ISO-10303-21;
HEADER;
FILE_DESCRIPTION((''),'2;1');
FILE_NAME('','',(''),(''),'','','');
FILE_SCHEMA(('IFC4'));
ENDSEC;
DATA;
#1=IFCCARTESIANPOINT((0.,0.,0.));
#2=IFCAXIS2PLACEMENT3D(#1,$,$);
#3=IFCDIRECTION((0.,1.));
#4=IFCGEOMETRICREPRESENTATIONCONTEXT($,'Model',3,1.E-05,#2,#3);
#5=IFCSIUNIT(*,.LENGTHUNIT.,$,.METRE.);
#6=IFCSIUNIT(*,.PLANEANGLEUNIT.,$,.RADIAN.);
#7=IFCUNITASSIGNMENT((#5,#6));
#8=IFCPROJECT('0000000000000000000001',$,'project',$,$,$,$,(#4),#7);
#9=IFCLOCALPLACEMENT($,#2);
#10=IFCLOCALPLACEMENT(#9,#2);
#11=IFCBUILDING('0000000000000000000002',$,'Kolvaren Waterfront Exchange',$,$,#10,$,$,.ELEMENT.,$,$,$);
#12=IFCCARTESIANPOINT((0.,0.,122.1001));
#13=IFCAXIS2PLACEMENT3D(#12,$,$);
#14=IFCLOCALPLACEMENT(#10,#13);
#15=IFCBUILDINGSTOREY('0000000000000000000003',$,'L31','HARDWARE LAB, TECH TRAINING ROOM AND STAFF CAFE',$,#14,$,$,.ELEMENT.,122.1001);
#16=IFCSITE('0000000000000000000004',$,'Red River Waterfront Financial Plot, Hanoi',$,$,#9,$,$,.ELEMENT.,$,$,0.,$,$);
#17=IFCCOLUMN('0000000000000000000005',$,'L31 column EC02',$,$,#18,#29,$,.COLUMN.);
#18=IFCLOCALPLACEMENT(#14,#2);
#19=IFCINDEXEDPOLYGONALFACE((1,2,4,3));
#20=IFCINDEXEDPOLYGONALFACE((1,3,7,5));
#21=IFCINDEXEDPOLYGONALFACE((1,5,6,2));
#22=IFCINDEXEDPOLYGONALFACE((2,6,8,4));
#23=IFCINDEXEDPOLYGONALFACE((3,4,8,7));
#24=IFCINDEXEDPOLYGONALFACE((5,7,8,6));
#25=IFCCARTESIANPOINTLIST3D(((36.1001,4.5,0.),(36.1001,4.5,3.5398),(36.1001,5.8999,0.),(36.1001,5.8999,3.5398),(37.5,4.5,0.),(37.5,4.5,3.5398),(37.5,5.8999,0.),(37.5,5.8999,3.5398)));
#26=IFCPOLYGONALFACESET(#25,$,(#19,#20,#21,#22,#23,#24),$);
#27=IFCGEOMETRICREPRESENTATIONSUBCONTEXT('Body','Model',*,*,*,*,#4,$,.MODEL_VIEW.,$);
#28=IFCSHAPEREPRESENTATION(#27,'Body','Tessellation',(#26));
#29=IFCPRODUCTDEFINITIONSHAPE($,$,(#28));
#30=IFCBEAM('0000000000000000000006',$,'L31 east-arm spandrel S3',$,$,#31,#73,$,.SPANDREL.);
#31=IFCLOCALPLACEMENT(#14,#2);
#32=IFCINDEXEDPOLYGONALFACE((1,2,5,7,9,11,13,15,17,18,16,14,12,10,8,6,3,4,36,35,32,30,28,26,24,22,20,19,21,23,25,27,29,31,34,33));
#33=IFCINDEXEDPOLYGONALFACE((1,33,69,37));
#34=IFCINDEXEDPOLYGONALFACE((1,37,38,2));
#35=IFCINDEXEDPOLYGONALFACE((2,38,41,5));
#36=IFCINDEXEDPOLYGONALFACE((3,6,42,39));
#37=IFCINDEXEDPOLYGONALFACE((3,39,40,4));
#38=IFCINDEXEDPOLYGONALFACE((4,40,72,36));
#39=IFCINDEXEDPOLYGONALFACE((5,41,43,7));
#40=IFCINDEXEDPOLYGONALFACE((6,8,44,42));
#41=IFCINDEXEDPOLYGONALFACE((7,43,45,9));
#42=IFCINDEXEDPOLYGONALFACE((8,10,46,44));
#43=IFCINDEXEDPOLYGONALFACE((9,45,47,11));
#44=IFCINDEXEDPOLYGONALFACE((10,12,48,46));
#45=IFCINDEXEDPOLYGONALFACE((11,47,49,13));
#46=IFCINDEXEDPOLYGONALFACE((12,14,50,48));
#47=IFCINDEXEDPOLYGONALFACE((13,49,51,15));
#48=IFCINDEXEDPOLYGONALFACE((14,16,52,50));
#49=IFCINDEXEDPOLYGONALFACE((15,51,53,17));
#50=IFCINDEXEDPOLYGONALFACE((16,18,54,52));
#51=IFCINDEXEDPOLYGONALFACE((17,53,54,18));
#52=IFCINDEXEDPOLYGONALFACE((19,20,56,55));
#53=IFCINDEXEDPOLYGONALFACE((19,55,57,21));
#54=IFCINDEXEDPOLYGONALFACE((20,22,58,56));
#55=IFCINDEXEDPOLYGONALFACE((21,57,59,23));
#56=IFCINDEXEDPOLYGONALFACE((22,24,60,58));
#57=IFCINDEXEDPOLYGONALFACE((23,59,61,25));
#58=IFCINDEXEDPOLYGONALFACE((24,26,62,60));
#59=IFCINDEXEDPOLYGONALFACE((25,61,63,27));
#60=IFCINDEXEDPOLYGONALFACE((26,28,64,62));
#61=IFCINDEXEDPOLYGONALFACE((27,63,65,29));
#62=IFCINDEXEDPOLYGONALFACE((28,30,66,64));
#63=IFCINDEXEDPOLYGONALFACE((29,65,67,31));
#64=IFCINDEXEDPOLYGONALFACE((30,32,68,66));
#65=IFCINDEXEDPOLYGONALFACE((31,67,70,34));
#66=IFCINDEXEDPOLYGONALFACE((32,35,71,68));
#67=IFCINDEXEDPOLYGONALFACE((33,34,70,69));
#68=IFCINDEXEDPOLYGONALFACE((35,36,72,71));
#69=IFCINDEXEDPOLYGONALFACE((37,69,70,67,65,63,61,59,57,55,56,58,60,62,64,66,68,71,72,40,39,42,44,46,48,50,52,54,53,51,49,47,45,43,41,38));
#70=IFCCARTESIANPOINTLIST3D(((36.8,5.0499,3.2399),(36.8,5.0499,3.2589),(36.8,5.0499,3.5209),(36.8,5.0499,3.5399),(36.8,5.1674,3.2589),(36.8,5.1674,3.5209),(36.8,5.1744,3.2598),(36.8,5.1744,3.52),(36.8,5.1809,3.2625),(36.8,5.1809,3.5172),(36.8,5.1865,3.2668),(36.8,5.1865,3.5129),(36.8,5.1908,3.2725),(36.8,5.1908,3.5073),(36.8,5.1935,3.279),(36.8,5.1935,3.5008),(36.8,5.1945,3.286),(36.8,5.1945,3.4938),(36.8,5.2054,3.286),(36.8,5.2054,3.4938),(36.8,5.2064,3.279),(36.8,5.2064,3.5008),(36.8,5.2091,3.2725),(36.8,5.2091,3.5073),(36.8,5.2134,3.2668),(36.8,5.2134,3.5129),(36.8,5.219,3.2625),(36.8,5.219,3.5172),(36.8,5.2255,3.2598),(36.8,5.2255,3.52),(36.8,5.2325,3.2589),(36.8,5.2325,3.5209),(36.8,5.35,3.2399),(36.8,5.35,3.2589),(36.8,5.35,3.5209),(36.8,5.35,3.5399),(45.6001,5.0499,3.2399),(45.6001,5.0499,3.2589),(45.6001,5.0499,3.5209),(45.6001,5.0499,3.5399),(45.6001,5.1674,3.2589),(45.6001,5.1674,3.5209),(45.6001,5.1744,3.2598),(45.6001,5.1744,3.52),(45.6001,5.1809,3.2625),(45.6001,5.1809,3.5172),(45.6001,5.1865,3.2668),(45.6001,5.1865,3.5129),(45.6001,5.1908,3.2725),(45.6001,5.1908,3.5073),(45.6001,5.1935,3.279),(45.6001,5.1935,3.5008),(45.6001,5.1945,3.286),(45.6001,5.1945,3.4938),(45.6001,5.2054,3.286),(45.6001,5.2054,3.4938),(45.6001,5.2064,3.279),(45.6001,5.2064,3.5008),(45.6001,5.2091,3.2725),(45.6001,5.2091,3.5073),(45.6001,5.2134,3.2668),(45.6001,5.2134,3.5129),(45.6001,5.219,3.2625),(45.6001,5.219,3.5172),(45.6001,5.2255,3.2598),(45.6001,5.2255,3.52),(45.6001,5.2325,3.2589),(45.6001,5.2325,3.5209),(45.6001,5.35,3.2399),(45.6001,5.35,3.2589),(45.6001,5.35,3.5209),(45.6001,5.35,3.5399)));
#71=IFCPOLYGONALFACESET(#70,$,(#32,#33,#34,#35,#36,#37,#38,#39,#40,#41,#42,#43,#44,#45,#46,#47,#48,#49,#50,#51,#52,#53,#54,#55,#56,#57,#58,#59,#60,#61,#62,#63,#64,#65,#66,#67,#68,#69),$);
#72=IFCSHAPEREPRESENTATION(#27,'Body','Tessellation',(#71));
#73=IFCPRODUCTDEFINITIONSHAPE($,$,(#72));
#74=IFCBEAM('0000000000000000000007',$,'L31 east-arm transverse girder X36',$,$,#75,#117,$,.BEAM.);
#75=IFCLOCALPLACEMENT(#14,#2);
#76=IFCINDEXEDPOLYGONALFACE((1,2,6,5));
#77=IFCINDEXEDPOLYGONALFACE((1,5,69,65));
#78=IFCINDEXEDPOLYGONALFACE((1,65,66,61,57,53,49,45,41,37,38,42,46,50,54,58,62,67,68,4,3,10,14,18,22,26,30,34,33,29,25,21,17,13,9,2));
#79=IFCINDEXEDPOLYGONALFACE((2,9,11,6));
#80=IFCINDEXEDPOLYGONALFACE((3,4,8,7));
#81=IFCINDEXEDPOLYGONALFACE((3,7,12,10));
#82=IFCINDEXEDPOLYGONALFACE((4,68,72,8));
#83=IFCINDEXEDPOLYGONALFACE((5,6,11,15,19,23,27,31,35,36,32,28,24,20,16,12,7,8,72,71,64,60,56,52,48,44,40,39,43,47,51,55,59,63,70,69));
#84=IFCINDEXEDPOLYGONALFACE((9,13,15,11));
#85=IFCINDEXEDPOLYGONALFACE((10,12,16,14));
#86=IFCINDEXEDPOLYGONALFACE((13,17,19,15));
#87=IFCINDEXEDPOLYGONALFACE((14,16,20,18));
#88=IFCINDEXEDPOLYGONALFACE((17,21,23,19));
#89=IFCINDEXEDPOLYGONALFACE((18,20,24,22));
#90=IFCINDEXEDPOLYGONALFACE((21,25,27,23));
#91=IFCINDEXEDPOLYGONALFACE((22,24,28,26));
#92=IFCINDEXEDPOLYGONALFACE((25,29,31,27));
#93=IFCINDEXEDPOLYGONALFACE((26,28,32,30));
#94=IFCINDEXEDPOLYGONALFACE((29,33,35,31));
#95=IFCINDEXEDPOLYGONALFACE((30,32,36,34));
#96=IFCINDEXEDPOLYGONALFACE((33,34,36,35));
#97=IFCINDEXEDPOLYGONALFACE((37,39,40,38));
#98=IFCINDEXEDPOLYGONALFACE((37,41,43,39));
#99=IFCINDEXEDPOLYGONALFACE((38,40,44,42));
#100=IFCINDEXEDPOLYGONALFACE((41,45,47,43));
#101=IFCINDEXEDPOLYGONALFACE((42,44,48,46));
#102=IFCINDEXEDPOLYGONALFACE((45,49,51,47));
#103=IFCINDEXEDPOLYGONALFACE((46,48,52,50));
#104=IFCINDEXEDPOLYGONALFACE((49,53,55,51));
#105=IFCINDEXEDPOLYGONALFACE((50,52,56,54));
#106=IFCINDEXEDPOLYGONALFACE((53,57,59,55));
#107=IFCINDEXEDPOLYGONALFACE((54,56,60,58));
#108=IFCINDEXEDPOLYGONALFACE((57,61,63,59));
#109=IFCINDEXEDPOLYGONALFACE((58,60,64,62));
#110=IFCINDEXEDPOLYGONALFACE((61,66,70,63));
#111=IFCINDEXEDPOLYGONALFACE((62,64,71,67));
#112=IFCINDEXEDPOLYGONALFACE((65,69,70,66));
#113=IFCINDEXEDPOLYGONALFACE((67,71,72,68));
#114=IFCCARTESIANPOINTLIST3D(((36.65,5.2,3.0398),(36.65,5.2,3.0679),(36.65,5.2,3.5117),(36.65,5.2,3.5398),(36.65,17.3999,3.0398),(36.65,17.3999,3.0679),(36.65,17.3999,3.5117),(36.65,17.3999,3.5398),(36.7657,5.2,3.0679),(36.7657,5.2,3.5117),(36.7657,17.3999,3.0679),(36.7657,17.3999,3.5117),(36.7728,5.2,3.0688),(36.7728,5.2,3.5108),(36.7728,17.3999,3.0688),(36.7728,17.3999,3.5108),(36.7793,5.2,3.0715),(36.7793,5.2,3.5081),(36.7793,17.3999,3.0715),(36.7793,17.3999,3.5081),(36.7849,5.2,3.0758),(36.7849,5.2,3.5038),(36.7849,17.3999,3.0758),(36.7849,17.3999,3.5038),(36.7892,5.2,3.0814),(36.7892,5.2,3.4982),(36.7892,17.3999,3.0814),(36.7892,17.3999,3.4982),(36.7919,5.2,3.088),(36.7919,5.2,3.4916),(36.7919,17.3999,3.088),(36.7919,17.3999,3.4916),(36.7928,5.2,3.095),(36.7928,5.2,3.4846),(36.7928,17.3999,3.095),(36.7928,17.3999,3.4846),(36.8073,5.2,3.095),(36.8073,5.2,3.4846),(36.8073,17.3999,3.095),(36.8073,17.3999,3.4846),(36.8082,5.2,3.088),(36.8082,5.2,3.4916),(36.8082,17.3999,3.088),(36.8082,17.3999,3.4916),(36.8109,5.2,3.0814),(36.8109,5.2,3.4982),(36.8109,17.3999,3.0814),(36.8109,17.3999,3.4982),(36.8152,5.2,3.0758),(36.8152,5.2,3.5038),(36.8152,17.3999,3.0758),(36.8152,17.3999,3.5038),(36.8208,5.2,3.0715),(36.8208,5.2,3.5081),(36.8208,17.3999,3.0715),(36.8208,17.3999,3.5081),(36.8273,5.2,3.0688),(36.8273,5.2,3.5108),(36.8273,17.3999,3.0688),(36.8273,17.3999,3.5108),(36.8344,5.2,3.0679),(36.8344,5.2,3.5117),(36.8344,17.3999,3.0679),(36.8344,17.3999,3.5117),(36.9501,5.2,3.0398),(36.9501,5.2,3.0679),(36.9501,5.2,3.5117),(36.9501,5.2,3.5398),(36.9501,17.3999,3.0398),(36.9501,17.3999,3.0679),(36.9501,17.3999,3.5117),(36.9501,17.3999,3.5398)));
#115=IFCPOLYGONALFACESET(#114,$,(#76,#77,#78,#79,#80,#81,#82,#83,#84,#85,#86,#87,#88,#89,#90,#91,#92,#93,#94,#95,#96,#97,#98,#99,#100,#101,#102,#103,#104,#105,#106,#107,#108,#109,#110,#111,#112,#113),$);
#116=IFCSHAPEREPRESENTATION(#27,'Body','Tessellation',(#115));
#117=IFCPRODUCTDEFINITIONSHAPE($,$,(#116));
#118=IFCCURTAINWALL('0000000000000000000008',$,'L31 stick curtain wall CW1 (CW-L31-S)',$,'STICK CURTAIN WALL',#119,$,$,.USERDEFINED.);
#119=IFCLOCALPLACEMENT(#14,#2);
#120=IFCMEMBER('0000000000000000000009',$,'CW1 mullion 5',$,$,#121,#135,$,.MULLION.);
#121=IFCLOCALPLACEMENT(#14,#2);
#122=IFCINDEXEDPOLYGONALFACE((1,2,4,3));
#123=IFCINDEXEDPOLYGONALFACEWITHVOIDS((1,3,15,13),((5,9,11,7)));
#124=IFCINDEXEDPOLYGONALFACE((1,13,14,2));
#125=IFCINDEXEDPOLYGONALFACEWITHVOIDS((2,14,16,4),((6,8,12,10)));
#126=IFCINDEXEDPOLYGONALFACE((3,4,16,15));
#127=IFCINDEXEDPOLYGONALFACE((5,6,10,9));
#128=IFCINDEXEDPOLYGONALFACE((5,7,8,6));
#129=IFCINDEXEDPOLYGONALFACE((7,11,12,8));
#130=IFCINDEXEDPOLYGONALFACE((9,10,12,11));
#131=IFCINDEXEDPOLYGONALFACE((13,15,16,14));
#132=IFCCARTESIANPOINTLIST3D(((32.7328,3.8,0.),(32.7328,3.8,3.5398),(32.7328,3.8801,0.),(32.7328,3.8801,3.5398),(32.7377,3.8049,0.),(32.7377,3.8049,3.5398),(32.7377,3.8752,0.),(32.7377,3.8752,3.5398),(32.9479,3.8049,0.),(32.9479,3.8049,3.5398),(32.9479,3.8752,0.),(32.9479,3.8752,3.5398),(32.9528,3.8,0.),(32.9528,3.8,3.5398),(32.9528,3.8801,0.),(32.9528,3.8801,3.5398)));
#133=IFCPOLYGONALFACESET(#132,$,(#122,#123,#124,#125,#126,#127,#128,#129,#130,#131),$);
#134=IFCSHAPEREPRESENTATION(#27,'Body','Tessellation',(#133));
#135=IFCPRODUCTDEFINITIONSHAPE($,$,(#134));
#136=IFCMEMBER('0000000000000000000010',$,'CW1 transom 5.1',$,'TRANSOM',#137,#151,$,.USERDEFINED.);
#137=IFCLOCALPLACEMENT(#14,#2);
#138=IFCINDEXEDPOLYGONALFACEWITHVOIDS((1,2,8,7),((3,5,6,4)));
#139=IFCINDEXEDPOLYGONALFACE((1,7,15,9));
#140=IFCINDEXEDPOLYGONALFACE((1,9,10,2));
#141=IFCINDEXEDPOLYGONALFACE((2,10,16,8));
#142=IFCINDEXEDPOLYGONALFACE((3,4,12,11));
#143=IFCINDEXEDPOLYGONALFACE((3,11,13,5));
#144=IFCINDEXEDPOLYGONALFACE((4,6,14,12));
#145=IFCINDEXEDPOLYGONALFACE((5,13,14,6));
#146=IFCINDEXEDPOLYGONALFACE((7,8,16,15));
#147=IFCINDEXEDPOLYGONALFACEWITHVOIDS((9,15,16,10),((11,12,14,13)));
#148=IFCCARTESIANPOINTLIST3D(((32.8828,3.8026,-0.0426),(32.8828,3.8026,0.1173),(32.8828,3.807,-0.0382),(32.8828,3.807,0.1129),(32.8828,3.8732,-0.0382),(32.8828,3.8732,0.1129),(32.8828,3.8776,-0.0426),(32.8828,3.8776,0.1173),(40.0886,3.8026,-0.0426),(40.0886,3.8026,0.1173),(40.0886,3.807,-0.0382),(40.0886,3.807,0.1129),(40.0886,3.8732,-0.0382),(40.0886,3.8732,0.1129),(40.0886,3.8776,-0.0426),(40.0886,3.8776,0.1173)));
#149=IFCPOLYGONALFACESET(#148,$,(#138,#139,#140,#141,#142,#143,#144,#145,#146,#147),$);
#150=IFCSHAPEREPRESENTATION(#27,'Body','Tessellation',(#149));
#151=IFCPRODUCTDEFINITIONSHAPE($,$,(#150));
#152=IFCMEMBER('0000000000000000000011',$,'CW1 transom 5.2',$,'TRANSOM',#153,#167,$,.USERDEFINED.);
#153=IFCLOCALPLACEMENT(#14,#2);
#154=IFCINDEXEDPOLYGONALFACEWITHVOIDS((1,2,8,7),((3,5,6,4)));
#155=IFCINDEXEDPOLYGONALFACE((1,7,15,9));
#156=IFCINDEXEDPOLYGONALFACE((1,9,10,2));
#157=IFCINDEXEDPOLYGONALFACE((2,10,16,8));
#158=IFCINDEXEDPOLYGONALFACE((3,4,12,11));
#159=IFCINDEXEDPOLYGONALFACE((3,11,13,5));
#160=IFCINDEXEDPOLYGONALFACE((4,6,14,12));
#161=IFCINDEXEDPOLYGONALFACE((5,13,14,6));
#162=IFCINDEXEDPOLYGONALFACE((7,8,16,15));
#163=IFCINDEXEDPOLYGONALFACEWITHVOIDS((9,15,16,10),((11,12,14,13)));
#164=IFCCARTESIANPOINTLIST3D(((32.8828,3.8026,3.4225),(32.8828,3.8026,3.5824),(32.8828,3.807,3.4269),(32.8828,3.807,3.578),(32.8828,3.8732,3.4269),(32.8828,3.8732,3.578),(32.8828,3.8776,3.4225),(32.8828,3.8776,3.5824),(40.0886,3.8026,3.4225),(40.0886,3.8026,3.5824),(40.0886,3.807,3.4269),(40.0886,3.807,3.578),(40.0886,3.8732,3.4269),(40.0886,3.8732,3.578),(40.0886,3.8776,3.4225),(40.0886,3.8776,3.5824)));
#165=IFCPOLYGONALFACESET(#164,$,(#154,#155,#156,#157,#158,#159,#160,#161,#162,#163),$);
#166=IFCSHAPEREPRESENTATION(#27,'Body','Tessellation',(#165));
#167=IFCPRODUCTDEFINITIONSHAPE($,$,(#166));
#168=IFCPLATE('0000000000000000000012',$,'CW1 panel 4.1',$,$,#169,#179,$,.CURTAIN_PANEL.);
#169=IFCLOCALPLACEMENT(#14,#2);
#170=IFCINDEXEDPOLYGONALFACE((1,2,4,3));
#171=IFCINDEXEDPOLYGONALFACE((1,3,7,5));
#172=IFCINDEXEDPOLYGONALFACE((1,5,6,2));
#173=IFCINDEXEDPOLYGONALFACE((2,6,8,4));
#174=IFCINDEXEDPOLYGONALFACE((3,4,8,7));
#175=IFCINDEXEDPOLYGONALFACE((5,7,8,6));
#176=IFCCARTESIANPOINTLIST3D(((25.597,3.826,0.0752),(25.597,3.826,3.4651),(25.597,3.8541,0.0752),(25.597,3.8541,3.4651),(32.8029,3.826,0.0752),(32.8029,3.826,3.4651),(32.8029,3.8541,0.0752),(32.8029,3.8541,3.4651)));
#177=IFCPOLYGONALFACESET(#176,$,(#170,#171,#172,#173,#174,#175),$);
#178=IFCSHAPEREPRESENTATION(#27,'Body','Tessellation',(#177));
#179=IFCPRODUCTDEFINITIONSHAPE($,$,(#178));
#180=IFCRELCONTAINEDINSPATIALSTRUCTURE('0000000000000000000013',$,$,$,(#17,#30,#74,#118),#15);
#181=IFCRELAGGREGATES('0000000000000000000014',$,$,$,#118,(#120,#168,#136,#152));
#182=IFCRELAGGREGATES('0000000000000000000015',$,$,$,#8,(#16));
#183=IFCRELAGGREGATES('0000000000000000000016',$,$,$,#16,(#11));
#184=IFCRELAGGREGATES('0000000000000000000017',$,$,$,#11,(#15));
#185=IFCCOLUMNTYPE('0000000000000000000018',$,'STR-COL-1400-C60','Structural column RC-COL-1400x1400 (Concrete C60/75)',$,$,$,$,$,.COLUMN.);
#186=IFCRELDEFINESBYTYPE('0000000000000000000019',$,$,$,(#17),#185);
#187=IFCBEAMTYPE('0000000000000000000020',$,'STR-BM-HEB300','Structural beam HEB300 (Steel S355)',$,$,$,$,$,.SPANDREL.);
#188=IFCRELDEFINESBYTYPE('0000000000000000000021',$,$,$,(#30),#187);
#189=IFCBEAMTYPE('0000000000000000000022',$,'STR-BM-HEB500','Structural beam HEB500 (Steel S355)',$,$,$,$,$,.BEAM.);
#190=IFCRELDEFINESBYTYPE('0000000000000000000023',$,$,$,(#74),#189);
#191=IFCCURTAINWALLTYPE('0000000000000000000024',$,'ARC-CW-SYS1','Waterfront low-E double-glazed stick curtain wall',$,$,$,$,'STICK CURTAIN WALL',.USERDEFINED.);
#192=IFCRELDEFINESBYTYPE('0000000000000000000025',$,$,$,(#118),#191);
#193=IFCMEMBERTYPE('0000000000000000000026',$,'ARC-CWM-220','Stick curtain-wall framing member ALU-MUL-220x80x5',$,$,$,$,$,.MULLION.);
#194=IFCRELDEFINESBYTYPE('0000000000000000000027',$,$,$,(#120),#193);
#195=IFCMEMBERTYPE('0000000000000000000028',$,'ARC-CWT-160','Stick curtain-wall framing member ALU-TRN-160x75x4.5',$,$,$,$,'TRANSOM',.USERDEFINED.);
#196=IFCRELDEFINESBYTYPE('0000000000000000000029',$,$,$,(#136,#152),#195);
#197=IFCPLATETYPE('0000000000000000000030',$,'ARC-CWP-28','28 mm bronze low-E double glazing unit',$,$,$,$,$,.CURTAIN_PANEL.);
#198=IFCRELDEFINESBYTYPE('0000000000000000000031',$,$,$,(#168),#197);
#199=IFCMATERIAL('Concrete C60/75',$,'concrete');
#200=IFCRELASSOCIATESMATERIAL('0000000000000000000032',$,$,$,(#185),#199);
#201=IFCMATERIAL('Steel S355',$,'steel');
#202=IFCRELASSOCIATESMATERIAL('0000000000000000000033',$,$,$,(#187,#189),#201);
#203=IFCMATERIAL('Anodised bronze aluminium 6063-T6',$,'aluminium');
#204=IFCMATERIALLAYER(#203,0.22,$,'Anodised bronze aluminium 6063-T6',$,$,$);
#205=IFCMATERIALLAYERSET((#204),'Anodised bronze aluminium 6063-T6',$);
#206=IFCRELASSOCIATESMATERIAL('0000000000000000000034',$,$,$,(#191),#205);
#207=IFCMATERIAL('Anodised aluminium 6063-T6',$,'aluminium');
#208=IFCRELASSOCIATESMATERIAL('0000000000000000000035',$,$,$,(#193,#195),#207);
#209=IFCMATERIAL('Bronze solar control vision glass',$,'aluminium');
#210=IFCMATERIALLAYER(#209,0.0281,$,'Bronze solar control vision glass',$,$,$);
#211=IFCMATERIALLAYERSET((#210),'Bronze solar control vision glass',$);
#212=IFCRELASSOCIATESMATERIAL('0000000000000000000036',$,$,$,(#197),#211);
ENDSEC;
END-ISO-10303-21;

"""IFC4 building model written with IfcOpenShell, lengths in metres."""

from ifc_helpers import new_model, si_unit, direction, frame, origin, origin_with_axes, origin_2d, place, context, subcontext, project, spatial, rectangle, hollow_rectangle, i_section, extrude, source, transform, mapped, material, layer, layer_set, material_profile, profile_set, type_object, element, aggregate, save


model = new_model("IFC4")

# Units and contexts
model_context = context("Model", 3, precision=1e-05, world=origin(), true_north=direction((0.0, 1.0)))
body_context = subcontext(model_context, "Body", "Model", "MODEL_VIEW")
ifc_project = project(units=[si_unit("LENGTHUNIT", "METRE"), si_unit("PLANEANGLEUNIT", "RADIAN")], contexts=[model_context])

# Site, building, storey
site_placement = place(None, origin())
site = spatial("IfcSite", under=ifc_project, at=site_placement, Name="Red River Waterfront Financial Plot, Hanoi", CompositionType="ELEMENT", RefElevation=0.0)
building_placement = place(site_placement, origin())
building = spatial("IfcBuilding", under=site, at=building_placement, Name="Kolvaren Waterfront Exchange", CompositionType="ELEMENT")
storey_placement = place(building_placement, frame((0.0, 0.0, 122.1001)))
storey = spatial("IfcBuildingStorey", under=building, at=storey_placement, Name="L31", Description="HARDWARE LAB, TECH TRAINING ROOM AND STAFF CAFE", CompositionType="ELEMENT", Elevation=122.1001)

# Column
ifc_material_1 = material(Name="Concrete C60/75", Category="concrete")
ifc_material_profile_1 = material_profile(ifc_material_1, rectangle(XDim=1.3999, YDim=1.3999, at=origin_2d()), Name="RC-COL-1400x1400")
ifc_profile_set_1 = profile_set([ifc_material_profile_1], Name="Concrete C60/75")
column_type = type_object("IfcColumnType", Name="STR-COL-1400-C60", Description="Structural column RC-COL-1400x1400 (Concrete C60/75)", PredefinedType="COLUMN", material=ifc_profile_set_1)
column_placement = place(storey_placement, frame((36.8, 5.2, 0.0), z_axis=(0.0, 0.0, 1.0), x_axis=(1.0, 0.0, 0.0)))
element("IfcColumn", 1, at=column_placement, inside=storey, type_object=column_type, Name="L31 column EC02", PredefinedType="COLUMN", context=body_context, shape_type="SweptSolid", body=[
    extrude(rectangle(XDim=1.3999, YDim=1.3999, at=origin_2d()), origin(), (0.0, 0.0, 1.0), 3.5398),
])

# Beams
ifc_material_2 = material(Name="Steel S355", Category="steel")
ifc_material_profile_2 = material_profile(ifc_material_2, i_section(OverallWidth=0.3, OverallDepth=0.3, WebThickness=0.011, FlangeThickness=0.019, FilletRadius=0.0271, at=origin_2d()), Name="HEB300")
ifc_profile_set_2 = profile_set([ifc_material_profile_2], Name="Steel S355")
beam_type_1 = type_object("IfcBeamType", Name="STR-BM-HEB300", Description="Structural beam HEB300 (Steel S355)", PredefinedType="SPANDREL", material=ifc_profile_set_2)
beam_1_placement = place(storey_placement, frame((36.8, 5.2, 3.3899), z_axis=(1.0, 0.0, 0.0), x_axis=(0.0, 1.0, 0.0)))
element("IfcBeam", 2, at=beam_1_placement, inside=storey, type_object=beam_type_1, Name="L31 east-arm spandrel S3", PredefinedType="SPANDREL", context=body_context, shape_type="SweptSolid", body=[
    extrude(i_section(OverallWidth=0.3, OverallDepth=0.3, WebThickness=0.011, FlangeThickness=0.019, FilletRadius=0.0271, at=origin_2d()), origin(), (0.0, 0.0, 1.0), 8.8),
])
ifc_material_profile_3 = material_profile(ifc_material_2, i_section(OverallWidth=0.3, OverallDepth=0.5, WebThickness=0.0144, FlangeThickness=0.0281, FilletRadius=0.0271, at=origin_2d()), Name="HEB500")
ifc_profile_set_3 = profile_set([ifc_material_profile_3], Name="Steel S355")
beam_type_2 = type_object("IfcBeamType", Name="STR-BM-HEB500", Description="Structural beam HEB500 (Steel S355)", PredefinedType="BEAM", material=ifc_profile_set_3)
beam_2_placement = place(storey_placement, frame((36.8, 5.2, 3.2898), z_axis=(0.0, 1.0, 0.0), x_axis=(-1.0, 0.0, 0.0)))
element("IfcBeam", 3, at=beam_2_placement, inside=storey, type_object=beam_type_2, Name="L31 east-arm transverse girder X36", PredefinedType="BEAM", context=body_context, shape_type="SweptSolid", body=[
    extrude(i_section(OverallWidth=0.3, OverallDepth=0.5, WebThickness=0.0144, FlangeThickness=0.0281, FilletRadius=0.0271, at=origin_2d()), origin(), (0.0, 0.0, 1.0), 12.2),
])

# Curtain wall, members, plate
ifc_material_3 = material(Name="Anodised bronze aluminium 6063-T6", Category="aluminium")
ifc_layer_1 = layer(ifc_material_3, 0.22, Name="Anodised bronze aluminium 6063-T6")
ifc_layer_set_1 = layer_set([ifc_layer_1], Name="Anodised bronze aluminium 6063-T6")
curtain_wall_type = type_object("IfcCurtainWallType", Name="ARC-CW-SYS1", Description="Waterfront low-E double-glazed stick curtain wall", ElementType="STICK CURTAIN WALL", PredefinedType="USERDEFINED", material=ifc_layer_set_1)
curtain_wall_placement = place(storey_placement, origin())
curtain_wall = element("IfcCurtainWall", 4, at=curtain_wall_placement, inside=storey, type_object=curtain_wall_type, Name="L31 stick curtain wall CW1 (CW-L31-S)", ObjectType="STICK CURTAIN WALL", PredefinedType="USERDEFINED")
ifc_material_4 = material(Name="Anodised aluminium 6063-T6", Category="aluminium")
ifc_material_profile_4 = material_profile(ifc_material_4, hollow_rectangle(XDim=0.0801, YDim=0.22, WallThickness=0.0049, at=origin_2d()), Name="ALU-MUL-220x80x5")
ifc_profile_set_4 = profile_set([ifc_material_profile_4], Name="Anodised aluminium 6063-T6")
member_type_1 = type_object("IfcMemberType", Name="ARC-CWM-220", Description="Stick curtain-wall framing member ALU-MUL-220x80x5", PredefinedType="MULLION", material=ifc_profile_set_4)
shared_shape_1 = source(origin_with_axes(), body_context, "Body", "SweptSolid", [
    extrude(hollow_rectangle(XDim=0.0801, YDim=0.22, WallThickness=0.0049, at=origin_2d()), origin(), (0.0, 0.0, 1.0), 3.5398),
])
member_1_placement = place(storey_placement, frame((32.8428, 3.8401, 0.0), z_axis=(0.0, 0.0, 1.0), x_axis=(0.0, 1.0, 0.0)))
member_1 = element("IfcMember", 5, at=member_1_placement, type_object=member_type_1, Name="CW1 mullion 5", PredefinedType="MULLION", context=body_context, shape_type="MappedRepresentation", body=[
    mapped(shared_shape_1, transform((0.0, 0.0, 0.0), x_axis=(1.0, 0.0, 0.0), y_axis=(0.0, 1.0, 0.0), z_axis=(0.0, 0.0, 1.0), scale=1.0)),
])
ifc_material_profile_5 = material_profile(ifc_material_4, hollow_rectangle(XDim=0.075, YDim=0.1599, WallThickness=0.0044, at=origin_2d()), Name="ALU-TRN-160x75x4.5")
ifc_profile_set_5 = profile_set([ifc_material_profile_5], Name="Anodised aluminium 6063-T6")
member_type_2 = type_object("IfcMemberType", Name="ARC-CWT-160", Description="Stick curtain-wall framing member ALU-TRN-160x75x4.5", ElementType="TRANSOM", PredefinedType="USERDEFINED", material=ifc_profile_set_5)
shared_shape_2 = source(origin_with_axes(), body_context, "Body", "SweptSolid", [
    extrude(hollow_rectangle(XDim=0.075, YDim=0.1599, WallThickness=0.0044, at=origin_2d()), origin(), (0.0, 0.0, 1.0), 7.2058),
])
member_2_placement = place(storey_placement, frame((32.8828, 3.8401, 0.0374), z_axis=(1.0, 0.0, 0.0), x_axis=(0.0, 1.0, 0.0)))
member_2 = element("IfcMember", 6, at=member_2_placement, type_object=member_type_2, Name="CW1 transom 5.1", ObjectType="TRANSOM", PredefinedType="USERDEFINED", context=body_context, shape_type="MappedRepresentation", body=[
    mapped(shared_shape_2, transform((0.0, 0.0, 0.0), x_axis=(1.0, 0.0, 0.0), y_axis=(0.0, 1.0, 0.0), z_axis=(0.0, 0.0, 1.0), scale=1.0)),
])
member_3_placement = place(storey_placement, frame((32.8828, 3.8401, 3.5024), z_axis=(1.0, 0.0, 0.0), x_axis=(0.0, 1.0, 0.0)))
member_3 = element("IfcMember", 7, at=member_3_placement, type_object=member_type_2, Name="CW1 transom 5.2", ObjectType="TRANSOM", PredefinedType="USERDEFINED", context=body_context, shape_type="MappedRepresentation", body=[
    mapped(shared_shape_2, transform((0.0, 0.0, 0.0), x_axis=(1.0, 0.0, 0.0), y_axis=(0.0, 1.0, 0.0), z_axis=(0.0, 0.0, 1.0), scale=1.0)),
])
ifc_material_5 = material(Name="Bronze solar control vision glass", Category="aluminium")
ifc_layer_2 = layer(ifc_material_5, 0.0281, Name="Bronze solar control vision glass")
ifc_layer_set_2 = layer_set([ifc_layer_2], Name="Bronze solar control vision glass")
plate_type = type_object("IfcPlateType", Name="ARC-CWP-28", Description="28 mm bronze low-E double glazing unit", PredefinedType="CURTAIN_PANEL", material=ifc_layer_set_2)
shared_shape_3 = source(origin_with_axes(), body_context, "Body", "SweptSolid", [
    extrude(rectangle(XDim=7.2058, YDim=0.0281, at=origin_2d()), origin(), (0.0, 0.0, 1.0), 3.3899),
])
plate_1_placement = place(storey_placement, frame((29.2, 3.8401, 0.0752), z_axis=(0.0, 0.0, 1.0), x_axis=(1.0, 0.0, 0.0)))
plate_1 = element("IfcPlate", 8, at=plate_1_placement, type_object=plate_type, Name="CW1 panel 4.1", PredefinedType="CURTAIN_PANEL", context=body_context, shape_type="MappedRepresentation", body=[
    mapped(shared_shape_3, transform((0.0, 0.0, 0.0), x_axis=(1.0, 0.0, 0.0), y_axis=(0.0, 1.0, 0.0), z_axis=(0.0, 0.0, 1.0), scale=1.0)),
])
aggregate(curtain_wall, [member_1, plate_1, member_2, member_3])

save(model, "model.ifc")
